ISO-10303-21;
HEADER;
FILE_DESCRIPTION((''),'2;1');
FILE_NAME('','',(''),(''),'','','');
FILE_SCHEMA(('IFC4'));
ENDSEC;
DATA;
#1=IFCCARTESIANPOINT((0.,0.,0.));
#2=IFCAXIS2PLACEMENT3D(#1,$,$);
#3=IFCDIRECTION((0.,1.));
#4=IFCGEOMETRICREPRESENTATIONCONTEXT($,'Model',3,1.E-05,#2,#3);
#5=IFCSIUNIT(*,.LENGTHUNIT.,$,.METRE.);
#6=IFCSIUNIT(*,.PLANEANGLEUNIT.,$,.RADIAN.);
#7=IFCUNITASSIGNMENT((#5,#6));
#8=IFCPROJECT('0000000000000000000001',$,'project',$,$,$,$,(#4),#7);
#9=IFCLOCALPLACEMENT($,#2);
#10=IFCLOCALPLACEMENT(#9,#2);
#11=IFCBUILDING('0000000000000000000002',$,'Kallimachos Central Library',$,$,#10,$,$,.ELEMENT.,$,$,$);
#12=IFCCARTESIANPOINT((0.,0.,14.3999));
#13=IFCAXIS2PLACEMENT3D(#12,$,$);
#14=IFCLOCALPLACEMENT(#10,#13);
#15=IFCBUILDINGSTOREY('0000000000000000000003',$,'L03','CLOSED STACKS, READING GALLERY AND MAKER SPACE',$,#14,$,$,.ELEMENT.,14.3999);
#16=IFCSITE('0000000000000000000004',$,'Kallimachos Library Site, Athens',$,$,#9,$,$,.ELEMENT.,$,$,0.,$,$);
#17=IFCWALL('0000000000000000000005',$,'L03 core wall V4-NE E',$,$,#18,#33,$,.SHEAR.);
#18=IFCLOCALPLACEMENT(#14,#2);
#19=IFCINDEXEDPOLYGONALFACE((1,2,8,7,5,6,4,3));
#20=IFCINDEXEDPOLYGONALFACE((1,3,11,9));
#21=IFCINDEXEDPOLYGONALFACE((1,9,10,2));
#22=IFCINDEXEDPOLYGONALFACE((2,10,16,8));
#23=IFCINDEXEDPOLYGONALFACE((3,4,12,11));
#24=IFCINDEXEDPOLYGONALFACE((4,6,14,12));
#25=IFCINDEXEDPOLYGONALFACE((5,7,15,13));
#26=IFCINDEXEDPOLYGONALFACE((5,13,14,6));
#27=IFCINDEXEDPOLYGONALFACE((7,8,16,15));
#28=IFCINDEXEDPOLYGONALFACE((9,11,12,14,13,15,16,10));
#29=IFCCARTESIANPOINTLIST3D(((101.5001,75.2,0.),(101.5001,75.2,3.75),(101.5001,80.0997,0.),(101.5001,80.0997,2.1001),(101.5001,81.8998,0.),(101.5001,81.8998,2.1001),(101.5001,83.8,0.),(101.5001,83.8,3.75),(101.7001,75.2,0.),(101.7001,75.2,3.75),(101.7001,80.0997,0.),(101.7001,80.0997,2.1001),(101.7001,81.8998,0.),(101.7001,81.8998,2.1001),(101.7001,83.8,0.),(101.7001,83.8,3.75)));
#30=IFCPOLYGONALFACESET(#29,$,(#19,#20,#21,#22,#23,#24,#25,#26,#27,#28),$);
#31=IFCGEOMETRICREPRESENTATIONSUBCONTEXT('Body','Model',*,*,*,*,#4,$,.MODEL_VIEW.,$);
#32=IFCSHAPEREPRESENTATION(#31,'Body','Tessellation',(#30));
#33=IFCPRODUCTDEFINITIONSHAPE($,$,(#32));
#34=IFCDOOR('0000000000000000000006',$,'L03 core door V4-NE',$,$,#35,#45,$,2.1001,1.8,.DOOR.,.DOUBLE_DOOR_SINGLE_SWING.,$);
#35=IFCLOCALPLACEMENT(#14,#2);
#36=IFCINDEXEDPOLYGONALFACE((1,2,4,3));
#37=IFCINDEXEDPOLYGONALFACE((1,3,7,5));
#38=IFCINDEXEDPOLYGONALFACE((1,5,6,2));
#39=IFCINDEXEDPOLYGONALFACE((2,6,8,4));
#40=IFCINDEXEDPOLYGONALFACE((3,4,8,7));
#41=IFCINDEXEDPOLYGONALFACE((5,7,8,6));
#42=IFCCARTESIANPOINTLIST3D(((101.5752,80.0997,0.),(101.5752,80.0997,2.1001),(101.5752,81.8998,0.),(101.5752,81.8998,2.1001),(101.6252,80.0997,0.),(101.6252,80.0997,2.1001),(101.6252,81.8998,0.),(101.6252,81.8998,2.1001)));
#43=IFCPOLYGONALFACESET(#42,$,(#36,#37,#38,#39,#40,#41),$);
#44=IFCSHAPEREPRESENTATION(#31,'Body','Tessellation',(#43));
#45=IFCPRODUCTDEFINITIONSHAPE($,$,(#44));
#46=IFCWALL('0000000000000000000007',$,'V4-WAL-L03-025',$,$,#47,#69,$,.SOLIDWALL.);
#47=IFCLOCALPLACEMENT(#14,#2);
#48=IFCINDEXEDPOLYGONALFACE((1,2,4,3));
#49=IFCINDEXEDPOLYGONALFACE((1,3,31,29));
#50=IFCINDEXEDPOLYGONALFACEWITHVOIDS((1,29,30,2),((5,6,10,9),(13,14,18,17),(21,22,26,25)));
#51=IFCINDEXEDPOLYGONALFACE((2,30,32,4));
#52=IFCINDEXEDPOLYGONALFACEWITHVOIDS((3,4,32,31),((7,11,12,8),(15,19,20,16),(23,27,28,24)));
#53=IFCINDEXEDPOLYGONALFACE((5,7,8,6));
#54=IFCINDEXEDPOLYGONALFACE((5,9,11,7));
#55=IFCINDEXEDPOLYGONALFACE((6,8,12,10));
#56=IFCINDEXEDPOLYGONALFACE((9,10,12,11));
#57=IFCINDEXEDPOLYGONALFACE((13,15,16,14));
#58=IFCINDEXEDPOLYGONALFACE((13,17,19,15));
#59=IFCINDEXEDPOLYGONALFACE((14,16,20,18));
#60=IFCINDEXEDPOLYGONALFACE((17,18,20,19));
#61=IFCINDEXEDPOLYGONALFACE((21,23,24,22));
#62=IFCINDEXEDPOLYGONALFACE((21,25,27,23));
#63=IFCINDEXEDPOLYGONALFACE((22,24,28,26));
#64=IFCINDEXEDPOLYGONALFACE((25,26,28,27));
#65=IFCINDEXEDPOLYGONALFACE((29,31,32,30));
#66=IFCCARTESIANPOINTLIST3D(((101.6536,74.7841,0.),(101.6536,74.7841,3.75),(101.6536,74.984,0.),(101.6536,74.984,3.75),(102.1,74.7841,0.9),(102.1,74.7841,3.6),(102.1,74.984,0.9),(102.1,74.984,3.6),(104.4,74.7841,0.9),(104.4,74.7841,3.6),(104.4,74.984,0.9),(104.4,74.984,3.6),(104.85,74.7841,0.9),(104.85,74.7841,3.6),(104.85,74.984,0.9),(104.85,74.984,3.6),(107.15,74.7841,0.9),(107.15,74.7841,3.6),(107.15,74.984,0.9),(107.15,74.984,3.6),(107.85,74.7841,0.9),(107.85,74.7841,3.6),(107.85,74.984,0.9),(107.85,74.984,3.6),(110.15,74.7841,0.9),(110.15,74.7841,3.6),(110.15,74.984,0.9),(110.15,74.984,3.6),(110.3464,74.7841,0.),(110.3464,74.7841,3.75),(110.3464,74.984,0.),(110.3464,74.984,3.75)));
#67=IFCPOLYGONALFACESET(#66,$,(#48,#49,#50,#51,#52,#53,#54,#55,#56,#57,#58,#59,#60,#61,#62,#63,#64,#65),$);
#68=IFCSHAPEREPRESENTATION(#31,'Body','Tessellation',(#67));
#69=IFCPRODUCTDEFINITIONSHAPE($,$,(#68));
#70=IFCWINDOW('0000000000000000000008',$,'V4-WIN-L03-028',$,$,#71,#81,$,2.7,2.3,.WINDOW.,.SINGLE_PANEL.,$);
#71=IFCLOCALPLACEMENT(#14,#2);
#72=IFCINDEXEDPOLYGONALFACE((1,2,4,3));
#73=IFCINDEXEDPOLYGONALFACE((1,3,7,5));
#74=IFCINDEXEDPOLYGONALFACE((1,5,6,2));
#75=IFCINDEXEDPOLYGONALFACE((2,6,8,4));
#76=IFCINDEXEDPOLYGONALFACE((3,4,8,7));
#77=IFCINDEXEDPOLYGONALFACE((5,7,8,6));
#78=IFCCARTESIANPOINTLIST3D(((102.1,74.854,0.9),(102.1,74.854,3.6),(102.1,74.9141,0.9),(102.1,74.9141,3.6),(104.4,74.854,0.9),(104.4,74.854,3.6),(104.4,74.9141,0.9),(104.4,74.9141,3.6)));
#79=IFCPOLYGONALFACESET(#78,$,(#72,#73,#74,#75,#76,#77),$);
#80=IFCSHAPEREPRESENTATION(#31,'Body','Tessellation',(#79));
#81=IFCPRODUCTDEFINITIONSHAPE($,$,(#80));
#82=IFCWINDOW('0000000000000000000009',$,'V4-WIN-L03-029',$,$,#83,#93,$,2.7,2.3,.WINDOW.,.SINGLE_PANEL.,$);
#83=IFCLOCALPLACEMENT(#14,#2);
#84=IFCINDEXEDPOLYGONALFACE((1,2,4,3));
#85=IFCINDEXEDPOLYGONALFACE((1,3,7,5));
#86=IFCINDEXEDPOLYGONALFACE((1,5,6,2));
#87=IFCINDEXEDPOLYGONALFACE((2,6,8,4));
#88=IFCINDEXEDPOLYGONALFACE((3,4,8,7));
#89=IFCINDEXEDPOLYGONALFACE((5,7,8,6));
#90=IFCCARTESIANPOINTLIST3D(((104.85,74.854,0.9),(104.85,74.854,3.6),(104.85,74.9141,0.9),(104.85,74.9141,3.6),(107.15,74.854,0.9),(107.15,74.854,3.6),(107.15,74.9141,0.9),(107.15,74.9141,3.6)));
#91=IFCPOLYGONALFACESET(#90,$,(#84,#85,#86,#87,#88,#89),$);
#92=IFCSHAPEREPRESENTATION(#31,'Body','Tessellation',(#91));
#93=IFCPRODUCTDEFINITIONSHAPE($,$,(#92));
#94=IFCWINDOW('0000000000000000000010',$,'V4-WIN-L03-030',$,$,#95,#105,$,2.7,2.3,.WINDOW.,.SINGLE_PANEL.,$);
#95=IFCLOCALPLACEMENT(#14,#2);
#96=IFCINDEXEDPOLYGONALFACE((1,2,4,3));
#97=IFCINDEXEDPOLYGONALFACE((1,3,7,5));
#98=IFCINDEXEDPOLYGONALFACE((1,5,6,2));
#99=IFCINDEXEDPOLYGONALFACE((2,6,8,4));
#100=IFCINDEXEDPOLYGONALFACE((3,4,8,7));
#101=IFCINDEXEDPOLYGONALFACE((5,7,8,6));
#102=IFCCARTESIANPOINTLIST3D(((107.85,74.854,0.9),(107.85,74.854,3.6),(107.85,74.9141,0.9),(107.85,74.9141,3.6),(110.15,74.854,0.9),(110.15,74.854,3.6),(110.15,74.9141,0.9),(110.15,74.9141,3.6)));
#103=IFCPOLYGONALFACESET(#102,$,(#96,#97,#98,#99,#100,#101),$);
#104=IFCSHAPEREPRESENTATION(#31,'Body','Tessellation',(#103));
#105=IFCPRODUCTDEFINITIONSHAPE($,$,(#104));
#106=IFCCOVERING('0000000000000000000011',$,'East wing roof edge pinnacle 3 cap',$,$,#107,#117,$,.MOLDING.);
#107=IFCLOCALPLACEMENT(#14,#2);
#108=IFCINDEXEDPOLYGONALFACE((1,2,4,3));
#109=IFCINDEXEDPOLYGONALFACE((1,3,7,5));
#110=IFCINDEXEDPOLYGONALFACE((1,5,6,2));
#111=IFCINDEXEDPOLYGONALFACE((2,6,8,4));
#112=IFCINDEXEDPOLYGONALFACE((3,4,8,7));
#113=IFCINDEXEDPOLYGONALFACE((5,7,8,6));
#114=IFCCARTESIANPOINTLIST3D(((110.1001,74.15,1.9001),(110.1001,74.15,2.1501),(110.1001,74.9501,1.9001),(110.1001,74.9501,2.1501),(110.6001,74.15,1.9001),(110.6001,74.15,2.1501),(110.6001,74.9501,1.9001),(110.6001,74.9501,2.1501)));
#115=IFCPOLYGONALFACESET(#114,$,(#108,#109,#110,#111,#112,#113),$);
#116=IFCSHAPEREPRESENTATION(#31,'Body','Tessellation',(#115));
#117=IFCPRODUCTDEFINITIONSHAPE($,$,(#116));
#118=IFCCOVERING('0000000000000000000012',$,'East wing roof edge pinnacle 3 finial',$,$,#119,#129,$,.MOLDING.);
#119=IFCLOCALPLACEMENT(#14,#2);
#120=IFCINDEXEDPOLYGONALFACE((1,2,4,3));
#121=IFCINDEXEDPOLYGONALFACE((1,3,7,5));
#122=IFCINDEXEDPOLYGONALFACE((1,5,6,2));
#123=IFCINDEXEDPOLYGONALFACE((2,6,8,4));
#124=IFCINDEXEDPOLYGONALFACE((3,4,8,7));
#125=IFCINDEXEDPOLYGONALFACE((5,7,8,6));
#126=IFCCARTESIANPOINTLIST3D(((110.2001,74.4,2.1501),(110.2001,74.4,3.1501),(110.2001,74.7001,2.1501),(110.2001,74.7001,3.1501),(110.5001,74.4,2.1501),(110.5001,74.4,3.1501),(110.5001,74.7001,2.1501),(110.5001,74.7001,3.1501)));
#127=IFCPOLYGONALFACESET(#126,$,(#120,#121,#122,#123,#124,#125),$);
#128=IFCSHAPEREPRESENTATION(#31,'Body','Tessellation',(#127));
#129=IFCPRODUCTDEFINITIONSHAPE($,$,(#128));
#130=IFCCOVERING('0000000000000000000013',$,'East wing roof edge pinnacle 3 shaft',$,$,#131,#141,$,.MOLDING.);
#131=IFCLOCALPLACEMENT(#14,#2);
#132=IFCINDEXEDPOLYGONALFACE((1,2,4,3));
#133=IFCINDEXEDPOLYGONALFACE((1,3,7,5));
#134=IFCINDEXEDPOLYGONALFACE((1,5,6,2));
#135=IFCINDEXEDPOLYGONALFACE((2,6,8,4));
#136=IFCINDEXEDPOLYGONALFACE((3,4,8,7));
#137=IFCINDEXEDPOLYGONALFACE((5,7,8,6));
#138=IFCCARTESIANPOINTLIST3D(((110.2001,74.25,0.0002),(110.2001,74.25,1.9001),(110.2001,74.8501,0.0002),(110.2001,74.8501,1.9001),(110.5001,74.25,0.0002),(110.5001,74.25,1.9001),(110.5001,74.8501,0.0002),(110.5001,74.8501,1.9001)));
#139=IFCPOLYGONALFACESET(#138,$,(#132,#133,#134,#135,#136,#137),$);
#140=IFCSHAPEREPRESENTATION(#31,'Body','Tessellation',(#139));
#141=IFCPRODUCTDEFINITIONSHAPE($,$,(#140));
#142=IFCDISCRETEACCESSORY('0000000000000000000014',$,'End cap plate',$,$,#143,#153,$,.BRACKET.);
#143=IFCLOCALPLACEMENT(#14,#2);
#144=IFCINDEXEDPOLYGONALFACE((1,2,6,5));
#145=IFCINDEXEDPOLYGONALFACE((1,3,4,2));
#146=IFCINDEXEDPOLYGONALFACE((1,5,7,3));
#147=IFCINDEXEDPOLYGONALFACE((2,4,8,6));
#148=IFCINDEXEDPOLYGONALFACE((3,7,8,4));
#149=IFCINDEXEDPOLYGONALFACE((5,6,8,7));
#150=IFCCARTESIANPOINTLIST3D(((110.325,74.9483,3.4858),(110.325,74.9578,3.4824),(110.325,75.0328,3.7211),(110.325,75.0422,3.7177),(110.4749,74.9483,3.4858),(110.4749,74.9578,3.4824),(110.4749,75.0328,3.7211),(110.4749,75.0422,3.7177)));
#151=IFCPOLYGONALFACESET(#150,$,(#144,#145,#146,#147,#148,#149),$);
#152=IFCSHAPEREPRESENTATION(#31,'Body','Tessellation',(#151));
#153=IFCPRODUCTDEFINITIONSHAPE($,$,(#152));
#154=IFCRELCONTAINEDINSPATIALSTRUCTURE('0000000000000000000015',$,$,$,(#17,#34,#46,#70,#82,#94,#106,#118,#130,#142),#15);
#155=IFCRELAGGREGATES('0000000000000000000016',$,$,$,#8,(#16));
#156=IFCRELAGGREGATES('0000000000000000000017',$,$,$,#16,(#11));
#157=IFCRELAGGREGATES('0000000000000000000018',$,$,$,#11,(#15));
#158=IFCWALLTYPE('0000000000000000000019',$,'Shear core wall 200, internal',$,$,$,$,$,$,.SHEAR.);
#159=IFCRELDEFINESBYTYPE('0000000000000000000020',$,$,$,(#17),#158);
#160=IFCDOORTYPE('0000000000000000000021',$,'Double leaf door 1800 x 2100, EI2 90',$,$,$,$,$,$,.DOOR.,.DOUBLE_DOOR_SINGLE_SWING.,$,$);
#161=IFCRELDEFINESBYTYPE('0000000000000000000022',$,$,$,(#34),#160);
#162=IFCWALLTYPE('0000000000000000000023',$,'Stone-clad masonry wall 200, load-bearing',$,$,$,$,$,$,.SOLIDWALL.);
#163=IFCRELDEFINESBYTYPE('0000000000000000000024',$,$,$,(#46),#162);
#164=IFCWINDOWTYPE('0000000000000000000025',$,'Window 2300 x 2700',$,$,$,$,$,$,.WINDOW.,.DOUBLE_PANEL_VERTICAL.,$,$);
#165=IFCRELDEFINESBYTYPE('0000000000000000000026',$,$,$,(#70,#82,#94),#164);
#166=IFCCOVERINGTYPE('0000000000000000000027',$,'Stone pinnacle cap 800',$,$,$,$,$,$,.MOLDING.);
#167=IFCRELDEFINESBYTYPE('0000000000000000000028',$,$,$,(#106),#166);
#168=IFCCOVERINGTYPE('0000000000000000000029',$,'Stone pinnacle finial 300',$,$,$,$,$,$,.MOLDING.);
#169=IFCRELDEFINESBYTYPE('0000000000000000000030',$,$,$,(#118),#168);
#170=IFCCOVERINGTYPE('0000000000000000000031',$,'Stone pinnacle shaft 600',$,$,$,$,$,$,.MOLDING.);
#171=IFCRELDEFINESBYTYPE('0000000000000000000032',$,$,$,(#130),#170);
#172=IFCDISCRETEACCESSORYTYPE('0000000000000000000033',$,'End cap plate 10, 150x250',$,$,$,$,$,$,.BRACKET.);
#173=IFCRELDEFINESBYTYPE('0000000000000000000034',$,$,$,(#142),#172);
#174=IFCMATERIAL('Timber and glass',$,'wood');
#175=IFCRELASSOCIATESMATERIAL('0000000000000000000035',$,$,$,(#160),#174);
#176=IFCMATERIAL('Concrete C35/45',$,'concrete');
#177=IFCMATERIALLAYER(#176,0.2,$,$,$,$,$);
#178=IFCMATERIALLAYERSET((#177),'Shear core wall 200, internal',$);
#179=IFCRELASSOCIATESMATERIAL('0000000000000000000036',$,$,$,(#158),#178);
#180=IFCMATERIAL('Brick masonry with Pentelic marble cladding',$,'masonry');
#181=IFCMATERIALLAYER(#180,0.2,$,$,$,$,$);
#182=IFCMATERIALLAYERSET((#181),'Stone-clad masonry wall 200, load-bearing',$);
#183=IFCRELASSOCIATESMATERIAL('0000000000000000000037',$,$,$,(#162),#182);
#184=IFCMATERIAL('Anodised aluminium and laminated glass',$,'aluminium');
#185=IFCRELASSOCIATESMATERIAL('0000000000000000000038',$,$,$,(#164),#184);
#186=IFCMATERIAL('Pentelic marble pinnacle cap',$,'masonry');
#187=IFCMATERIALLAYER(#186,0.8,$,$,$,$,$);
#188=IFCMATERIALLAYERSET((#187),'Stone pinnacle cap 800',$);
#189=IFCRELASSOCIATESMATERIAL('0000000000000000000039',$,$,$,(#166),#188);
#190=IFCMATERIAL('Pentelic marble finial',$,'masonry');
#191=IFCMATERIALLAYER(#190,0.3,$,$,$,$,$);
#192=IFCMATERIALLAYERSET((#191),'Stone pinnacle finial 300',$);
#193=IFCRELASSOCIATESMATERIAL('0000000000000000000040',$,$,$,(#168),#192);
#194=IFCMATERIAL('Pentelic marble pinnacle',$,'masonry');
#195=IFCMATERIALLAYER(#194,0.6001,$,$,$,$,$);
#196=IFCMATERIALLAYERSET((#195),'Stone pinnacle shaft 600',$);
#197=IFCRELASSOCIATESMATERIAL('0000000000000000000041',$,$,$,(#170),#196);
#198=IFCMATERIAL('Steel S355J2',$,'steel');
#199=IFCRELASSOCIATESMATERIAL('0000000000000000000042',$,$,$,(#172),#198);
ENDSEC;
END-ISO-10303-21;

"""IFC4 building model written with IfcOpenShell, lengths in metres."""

from ifc_helpers import new_model, si_unit, direction, frame, frame_2d, origin, origin_2d, place, context, subcontext, project, spatial, rectangle, extrude, material, layer, layer_set, material_profile, profile_set, type_object, element, fill, save


model = new_model("IFC4")

# Units and contexts
model_context = context("Model", 3, precision=1e-05, world=origin(), true_north=direction((0.0, 1.0)))
body_context = subcontext(model_context, "Body", "Model", "MODEL_VIEW")
ifc_project = project(units=[si_unit("LENGTHUNIT", "METRE"), si_unit("PLANEANGLEUNIT", "RADIAN")], contexts=[model_context])

# Site, building, storey
site_placement = place(None, origin())
site = spatial("IfcSite", under=ifc_project, at=site_placement, Name="Kallimachos Library Site, Athens", CompositionType="ELEMENT", RefElevation=0.0)
building_placement = place(site_placement, origin())
building = spatial("IfcBuilding", under=site, at=building_placement, Name="Kallimachos Central Library", CompositionType="ELEMENT")
storey_placement = place(building_placement, frame((0.0, 0.0, 14.3999)))
storey = spatial("IfcBuildingStorey", under=building, at=storey_placement, Name="L03", Description="CLOSED STACKS, READING GALLERY AND MAKER SPACE", CompositionType="ELEMENT", Elevation=14.3999)

# Shared definitions
ifc_material_1 = material(Name="Timber and glass", Category="wood")
door_type = type_object("IfcDoorType", Name="Double leaf door 1800 x 2100, EI2 90", OperationType="DOUBLE_DOOR_SINGLE_SWING", PredefinedType="DOOR", material=ifc_material_1)

# Wall, opening, door
ifc_material_2 = material(Name="Concrete C35/45", Category="concrete")
ifc_layer_1 = layer(ifc_material_2, 0.2)
ifc_layer_set_1 = layer_set([ifc_layer_1], Name="Shear core wall 200, internal")
wall_type_1 = type_object("IfcWallType", Name="Shear core wall 200, internal", PredefinedType="SHEAR", material=ifc_layer_set_1)
wall_1_placement = place(storey_placement, frame((101.6001, 75.2, 0.0), z_axis=(0.0, 0.0, 1.0), x_axis=(0.0, 1.0, 0.0)))
wall_1 = element("IfcWall", 1, at=wall_1_placement, inside=storey, type_object=wall_type_1, Name="L03 core wall V4-NE E", PredefinedType="SHEAR", context=body_context, shape_type="SweptSolid", body=[
    extrude(rectangle(XDim=8.6001, YDim=0.2, at=frame_2d((4.3, 0.0))), origin(), (0.0, 0.0, 1.0), 3.75),
])
opening_1_placement = place(wall_1_placement, frame((4.8999, 0.0, 0.0)))
opening_1 = element("IfcOpeningElement", 2, at=opening_1_placement, cuts=wall_1, PredefinedType="OPENING", context=body_context, shape_type="SweptSolid", body=[
    extrude(rectangle(XDim=1.8, YDim=2.1001, at=frame_2d((0.8999, 1.05))), frame((0.0, 0.1099, 0.0), z_axis=(0.0, -1.0, 0.0), x_axis=(1.0, 0.0, 0.0)), (0.0, 0.0, 1.0), 0.22),
])
door_1_placement = place(opening_1_placement, origin())
door_1 = element("IfcDoor", 3, at=door_1_placement, inside=storey, type_object=door_type, Name="L03 core door V4-NE", OperationType="DOUBLE_DOOR_SINGLE_SWING", OverallHeight=2.1001, OverallWidth=1.8, PredefinedType="DOOR", context=body_context, shape_type="SweptSolid", body=[
    extrude(rectangle(XDim=1.8, YDim=2.1001, at=frame_2d((0.8999, 1.05))), frame((0.0, 0.0249, 0.0), z_axis=(0.0, -1.0, 0.0), x_axis=(1.0, 0.0, 0.0)), (0.0, 0.0, 1.0), 0.05),
])
fill(opening_1, door_1)

# Wall, openings, windows
ifc_material_3 = material(Name="Brick masonry with Pentelic marble cladding", Category="masonry")
ifc_layer_2 = layer(ifc_material_3, 0.2)
ifc_layer_set_2 = layer_set([ifc_layer_2], Name="Stone-clad masonry wall 200, load-bearing")
wall_type_2 = type_object("IfcWallType", Name="Stone-clad masonry wall 200, load-bearing", PredefinedType="SOLIDWALL", material=ifc_layer_set_2)
wall_2_placement = place(storey_placement, frame((101.6536, 74.884, 0.0), z_axis=(0.0, 0.0, 1.0), x_axis=(1.0, 0.0, 0.0)))
wall_2 = element("IfcWall", 4, at=wall_2_placement, inside=storey, type_object=wall_type_2, Name="V4-WAL-L03-025", PredefinedType="SOLIDWALL", context=body_context, shape_type="SweptSolid", body=[
    extrude(rectangle(XDim=8.6929, YDim=0.2, at=frame_2d((4.3464, 0.0))), origin(), (0.0, 0.0, 1.0), 3.75),
])
opening_2_placement = place(wall_2_placement, frame((0.4465, 0.0, 0.8999)))
opening_2 = element("IfcOpeningElement", 5, at=opening_2_placement, cuts=wall_2, PredefinedType="OPENING", context=body_context, shape_type="SweptSolid", body=[
    extrude(rectangle(XDim=2.3, YDim=2.7, at=frame_2d((1.1499, 1.3501))), frame((0.0, 0.1099, 0.0), z_axis=(0.0, -1.0, 0.0), x_axis=(1.0, 0.0, 0.0)), (0.0, 0.0, 1.0), 0.22),
])
opening_3_placement = place(wall_2_placement, frame((3.1965, 0.0, 0.8999)))
opening_3 = element("IfcOpeningElement", 6, at=opening_3_placement, cuts=wall_2, PredefinedType="OPENING", context=body_context, shape_type="SweptSolid", body=[
    extrude(rectangle(XDim=2.3, YDim=2.7, at=frame_2d((1.1499, 1.3501))), frame((0.0, 0.1099, 0.0), z_axis=(0.0, -1.0, 0.0), x_axis=(1.0, 0.0, 0.0)), (0.0, 0.0, 1.0), 0.22),
])
opening_4_placement = place(wall_2_placement, frame((6.1965, 0.0, 0.8999)))
opening_4 = element("IfcOpeningElement", 7, at=opening_4_placement, cuts=wall_2, PredefinedType="OPENING", context=body_context, shape_type="SweptSolid", body=[
    extrude(rectangle(XDim=2.3, YDim=2.7, at=frame_2d((1.1499, 1.3501))), frame((0.0, 0.1099, 0.0), z_axis=(0.0, -1.0, 0.0), x_axis=(1.0, 0.0, 0.0)), (0.0, 0.0, 1.0), 0.22),
])
ifc_material_4 = material(Name="Anodised aluminium and laminated glass", Category="aluminium")
window_type = type_object("IfcWindowType", Name="Window 2300 x 2700", PartitioningType="DOUBLE_PANEL_VERTICAL", PredefinedType="WINDOW", material=ifc_material_4)
window_1_placement = place(opening_2_placement, origin())
window_1 = element("IfcWindow", 8, at=window_1_placement, inside=storey, type_object=window_type, Name="V4-WIN-L03-028", OverallHeight=2.7, OverallWidth=2.3, PartitioningType="SINGLE_PANEL", PredefinedType="WINDOW", context=body_context, shape_type="SweptSolid", body=[
    extrude(rectangle(XDim=2.3, YDim=2.7, at=frame_2d((1.1499, 1.3501))), frame((0.0, 0.03, 0.0), z_axis=(0.0, -1.0, 0.0), x_axis=(1.0, 0.0, 0.0)), (0.0, 0.0, 1.0), 0.0601),
])
fill(opening_2, window_1)
window_2_placement = place(opening_3_placement, origin())
window_2 = element("IfcWindow", 9, at=window_2_placement, inside=storey, type_object=window_type, Name="V4-WIN-L03-029", OverallHeight=2.7, OverallWidth=2.3, PartitioningType="SINGLE_PANEL", PredefinedType="WINDOW", context=body_context, shape_type="SweptSolid", body=[
    extrude(rectangle(XDim=2.3, YDim=2.7, at=frame_2d((1.1499, 1.3501))), frame((0.0, 0.03, 0.0), z_axis=(0.0, -1.0, 0.0), x_axis=(1.0, 0.0, 0.0)), (0.0, 0.0, 1.0), 0.0601),
])
fill(opening_3, window_2)
window_3_placement = place(opening_4_placement, origin())
window_3 = element("IfcWindow", 10, at=window_3_placement, inside=storey, type_object=window_type, Name="V4-WIN-L03-030", OverallHeight=2.7, OverallWidth=2.3, PartitioningType="SINGLE_PANEL", PredefinedType="WINDOW", context=body_context, shape_type="SweptSolid", body=[
    extrude(rectangle(XDim=2.3, YDim=2.7, at=frame_2d((1.1499, 1.3501))), frame((0.0, 0.03, 0.0), z_axis=(0.0, -1.0, 0.0), x_axis=(1.0, 0.0, 0.0)), (0.0, 0.0, 1.0), 0.0601),
])
fill(opening_4, window_3)

# Coverings
ifc_material_5 = material(Name="Pentelic marble pinnacle cap", Category="masonry")
ifc_layer_3 = layer(ifc_material_5, 0.8)
ifc_layer_set_3 = layer_set([ifc_layer_3], Name="Stone pinnacle cap 800")
covering_type_1 = type_object("IfcCoveringType", Name="Stone pinnacle cap 800", PredefinedType="MOLDING", material=ifc_layer_set_3)
covering_1_placement = place(storey_placement, frame((110.3501, 74.55, 1.9001), z_axis=(0.0, 0.0, 1.0), x_axis=(1.0, 0.0, 0.0)))
element("IfcCovering", 11, at=covering_1_placement, inside=storey, type_object=covering_type_1, Name="East wing roof edge pinnacle 3 cap", PredefinedType="MOLDING", context=body_context, shape_type="SweptSolid", body=[
    extrude(rectangle(XDim=0.5, YDim=0.8, at=origin_2d()), origin(), (0.0, 0.0, 1.0), 0.25),
])
ifc_material_6 = material(Name="Pentelic marble finial", Category="masonry")
ifc_layer_4 = layer(ifc_material_6, 0.3)
ifc_layer_set_4 = layer_set([ifc_layer_4], Name="Stone pinnacle finial 300")
covering_type_2 = type_object("IfcCoveringType", Name="Stone pinnacle finial 300", PredefinedType="MOLDING", material=ifc_layer_set_4)
covering_2_placement = place(storey_placement, frame((110.3501, 74.55, 2.1501), z_axis=(0.0, 0.0, 1.0), x_axis=(1.0, 0.0, 0.0)))
element("IfcCovering", 12, at=covering_2_placement, inside=storey, type_object=covering_type_2, Name="East wing roof edge pinnacle 3 finial", PredefinedType="MOLDING", context=body_context, shape_type="SweptSolid", body=[
    extrude(rectangle(XDim=0.3, YDim=0.3, at=origin_2d()), origin(), (0.0, 0.0, 1.0), 1.0),
])
ifc_material_7 = material(Name="Pentelic marble pinnacle", Category="masonry")
ifc_layer_5 = layer(ifc_material_7, 0.6001)
ifc_layer_set_5 = layer_set([ifc_layer_5], Name="Stone pinnacle shaft 600")
covering_type_3 = type_object("IfcCoveringType", Name="Stone pinnacle shaft 600", PredefinedType="MOLDING", material=ifc_layer_set_5)
covering_3_placement = place(storey_placement, frame((110.3501, 74.55, 0.0002), z_axis=(0.0, 0.0, 1.0), x_axis=(1.0, 0.0, 0.0)))
element("IfcCovering", 13, at=covering_3_placement, inside=storey, type_object=covering_type_3, Name="East wing roof edge pinnacle 3 shaft", PredefinedType="MOLDING", context=body_context, shape_type="SweptSolid", body=[
    extrude(rectangle(XDim=0.3, YDim=0.6001, at=origin_2d()), origin(), (0.0, 0.0, 1.0), 1.8999),
])

# Discrete accessory
ifc_material_8 = material(Name="Steel S355J2", Category="steel")
ifc_material_profile_1 = material_profile(ifc_material_8, rectangle(XDim=0.1499, YDim=0.25, at=origin_2d()), Name="End cap plate 10, 150x250")
ifc_profile_set_1 = profile_set([ifc_material_profile_1], Name="Steel S355J2")
discrete_accessory_type = type_object("IfcDiscreteAccessoryType", Name="End cap plate 10, 150x250", PredefinedType="BRACKET", material=ifc_profile_set_1)
discrete_accessory_placement = place(storey_placement, frame((110.3999, 75.0, 3.6001), z_axis=(0.0, -0.941195, 0.337865), x_axis=(1.0, 0.0, 0.0)))
element("IfcDiscreteAccessory", 14, at=discrete_accessory_placement, inside=storey, type_object=discrete_accessory_type, Name="End cap plate", PredefinedType="BRACKET", context=body_context, shape_type="SweptSolid", body=[
    extrude(rectangle(XDim=0.1499, YDim=0.25, at=origin_2d()), origin(), (0.0, 0.0, 1.0), 0.01),
])

save(model, "model.ifc")
